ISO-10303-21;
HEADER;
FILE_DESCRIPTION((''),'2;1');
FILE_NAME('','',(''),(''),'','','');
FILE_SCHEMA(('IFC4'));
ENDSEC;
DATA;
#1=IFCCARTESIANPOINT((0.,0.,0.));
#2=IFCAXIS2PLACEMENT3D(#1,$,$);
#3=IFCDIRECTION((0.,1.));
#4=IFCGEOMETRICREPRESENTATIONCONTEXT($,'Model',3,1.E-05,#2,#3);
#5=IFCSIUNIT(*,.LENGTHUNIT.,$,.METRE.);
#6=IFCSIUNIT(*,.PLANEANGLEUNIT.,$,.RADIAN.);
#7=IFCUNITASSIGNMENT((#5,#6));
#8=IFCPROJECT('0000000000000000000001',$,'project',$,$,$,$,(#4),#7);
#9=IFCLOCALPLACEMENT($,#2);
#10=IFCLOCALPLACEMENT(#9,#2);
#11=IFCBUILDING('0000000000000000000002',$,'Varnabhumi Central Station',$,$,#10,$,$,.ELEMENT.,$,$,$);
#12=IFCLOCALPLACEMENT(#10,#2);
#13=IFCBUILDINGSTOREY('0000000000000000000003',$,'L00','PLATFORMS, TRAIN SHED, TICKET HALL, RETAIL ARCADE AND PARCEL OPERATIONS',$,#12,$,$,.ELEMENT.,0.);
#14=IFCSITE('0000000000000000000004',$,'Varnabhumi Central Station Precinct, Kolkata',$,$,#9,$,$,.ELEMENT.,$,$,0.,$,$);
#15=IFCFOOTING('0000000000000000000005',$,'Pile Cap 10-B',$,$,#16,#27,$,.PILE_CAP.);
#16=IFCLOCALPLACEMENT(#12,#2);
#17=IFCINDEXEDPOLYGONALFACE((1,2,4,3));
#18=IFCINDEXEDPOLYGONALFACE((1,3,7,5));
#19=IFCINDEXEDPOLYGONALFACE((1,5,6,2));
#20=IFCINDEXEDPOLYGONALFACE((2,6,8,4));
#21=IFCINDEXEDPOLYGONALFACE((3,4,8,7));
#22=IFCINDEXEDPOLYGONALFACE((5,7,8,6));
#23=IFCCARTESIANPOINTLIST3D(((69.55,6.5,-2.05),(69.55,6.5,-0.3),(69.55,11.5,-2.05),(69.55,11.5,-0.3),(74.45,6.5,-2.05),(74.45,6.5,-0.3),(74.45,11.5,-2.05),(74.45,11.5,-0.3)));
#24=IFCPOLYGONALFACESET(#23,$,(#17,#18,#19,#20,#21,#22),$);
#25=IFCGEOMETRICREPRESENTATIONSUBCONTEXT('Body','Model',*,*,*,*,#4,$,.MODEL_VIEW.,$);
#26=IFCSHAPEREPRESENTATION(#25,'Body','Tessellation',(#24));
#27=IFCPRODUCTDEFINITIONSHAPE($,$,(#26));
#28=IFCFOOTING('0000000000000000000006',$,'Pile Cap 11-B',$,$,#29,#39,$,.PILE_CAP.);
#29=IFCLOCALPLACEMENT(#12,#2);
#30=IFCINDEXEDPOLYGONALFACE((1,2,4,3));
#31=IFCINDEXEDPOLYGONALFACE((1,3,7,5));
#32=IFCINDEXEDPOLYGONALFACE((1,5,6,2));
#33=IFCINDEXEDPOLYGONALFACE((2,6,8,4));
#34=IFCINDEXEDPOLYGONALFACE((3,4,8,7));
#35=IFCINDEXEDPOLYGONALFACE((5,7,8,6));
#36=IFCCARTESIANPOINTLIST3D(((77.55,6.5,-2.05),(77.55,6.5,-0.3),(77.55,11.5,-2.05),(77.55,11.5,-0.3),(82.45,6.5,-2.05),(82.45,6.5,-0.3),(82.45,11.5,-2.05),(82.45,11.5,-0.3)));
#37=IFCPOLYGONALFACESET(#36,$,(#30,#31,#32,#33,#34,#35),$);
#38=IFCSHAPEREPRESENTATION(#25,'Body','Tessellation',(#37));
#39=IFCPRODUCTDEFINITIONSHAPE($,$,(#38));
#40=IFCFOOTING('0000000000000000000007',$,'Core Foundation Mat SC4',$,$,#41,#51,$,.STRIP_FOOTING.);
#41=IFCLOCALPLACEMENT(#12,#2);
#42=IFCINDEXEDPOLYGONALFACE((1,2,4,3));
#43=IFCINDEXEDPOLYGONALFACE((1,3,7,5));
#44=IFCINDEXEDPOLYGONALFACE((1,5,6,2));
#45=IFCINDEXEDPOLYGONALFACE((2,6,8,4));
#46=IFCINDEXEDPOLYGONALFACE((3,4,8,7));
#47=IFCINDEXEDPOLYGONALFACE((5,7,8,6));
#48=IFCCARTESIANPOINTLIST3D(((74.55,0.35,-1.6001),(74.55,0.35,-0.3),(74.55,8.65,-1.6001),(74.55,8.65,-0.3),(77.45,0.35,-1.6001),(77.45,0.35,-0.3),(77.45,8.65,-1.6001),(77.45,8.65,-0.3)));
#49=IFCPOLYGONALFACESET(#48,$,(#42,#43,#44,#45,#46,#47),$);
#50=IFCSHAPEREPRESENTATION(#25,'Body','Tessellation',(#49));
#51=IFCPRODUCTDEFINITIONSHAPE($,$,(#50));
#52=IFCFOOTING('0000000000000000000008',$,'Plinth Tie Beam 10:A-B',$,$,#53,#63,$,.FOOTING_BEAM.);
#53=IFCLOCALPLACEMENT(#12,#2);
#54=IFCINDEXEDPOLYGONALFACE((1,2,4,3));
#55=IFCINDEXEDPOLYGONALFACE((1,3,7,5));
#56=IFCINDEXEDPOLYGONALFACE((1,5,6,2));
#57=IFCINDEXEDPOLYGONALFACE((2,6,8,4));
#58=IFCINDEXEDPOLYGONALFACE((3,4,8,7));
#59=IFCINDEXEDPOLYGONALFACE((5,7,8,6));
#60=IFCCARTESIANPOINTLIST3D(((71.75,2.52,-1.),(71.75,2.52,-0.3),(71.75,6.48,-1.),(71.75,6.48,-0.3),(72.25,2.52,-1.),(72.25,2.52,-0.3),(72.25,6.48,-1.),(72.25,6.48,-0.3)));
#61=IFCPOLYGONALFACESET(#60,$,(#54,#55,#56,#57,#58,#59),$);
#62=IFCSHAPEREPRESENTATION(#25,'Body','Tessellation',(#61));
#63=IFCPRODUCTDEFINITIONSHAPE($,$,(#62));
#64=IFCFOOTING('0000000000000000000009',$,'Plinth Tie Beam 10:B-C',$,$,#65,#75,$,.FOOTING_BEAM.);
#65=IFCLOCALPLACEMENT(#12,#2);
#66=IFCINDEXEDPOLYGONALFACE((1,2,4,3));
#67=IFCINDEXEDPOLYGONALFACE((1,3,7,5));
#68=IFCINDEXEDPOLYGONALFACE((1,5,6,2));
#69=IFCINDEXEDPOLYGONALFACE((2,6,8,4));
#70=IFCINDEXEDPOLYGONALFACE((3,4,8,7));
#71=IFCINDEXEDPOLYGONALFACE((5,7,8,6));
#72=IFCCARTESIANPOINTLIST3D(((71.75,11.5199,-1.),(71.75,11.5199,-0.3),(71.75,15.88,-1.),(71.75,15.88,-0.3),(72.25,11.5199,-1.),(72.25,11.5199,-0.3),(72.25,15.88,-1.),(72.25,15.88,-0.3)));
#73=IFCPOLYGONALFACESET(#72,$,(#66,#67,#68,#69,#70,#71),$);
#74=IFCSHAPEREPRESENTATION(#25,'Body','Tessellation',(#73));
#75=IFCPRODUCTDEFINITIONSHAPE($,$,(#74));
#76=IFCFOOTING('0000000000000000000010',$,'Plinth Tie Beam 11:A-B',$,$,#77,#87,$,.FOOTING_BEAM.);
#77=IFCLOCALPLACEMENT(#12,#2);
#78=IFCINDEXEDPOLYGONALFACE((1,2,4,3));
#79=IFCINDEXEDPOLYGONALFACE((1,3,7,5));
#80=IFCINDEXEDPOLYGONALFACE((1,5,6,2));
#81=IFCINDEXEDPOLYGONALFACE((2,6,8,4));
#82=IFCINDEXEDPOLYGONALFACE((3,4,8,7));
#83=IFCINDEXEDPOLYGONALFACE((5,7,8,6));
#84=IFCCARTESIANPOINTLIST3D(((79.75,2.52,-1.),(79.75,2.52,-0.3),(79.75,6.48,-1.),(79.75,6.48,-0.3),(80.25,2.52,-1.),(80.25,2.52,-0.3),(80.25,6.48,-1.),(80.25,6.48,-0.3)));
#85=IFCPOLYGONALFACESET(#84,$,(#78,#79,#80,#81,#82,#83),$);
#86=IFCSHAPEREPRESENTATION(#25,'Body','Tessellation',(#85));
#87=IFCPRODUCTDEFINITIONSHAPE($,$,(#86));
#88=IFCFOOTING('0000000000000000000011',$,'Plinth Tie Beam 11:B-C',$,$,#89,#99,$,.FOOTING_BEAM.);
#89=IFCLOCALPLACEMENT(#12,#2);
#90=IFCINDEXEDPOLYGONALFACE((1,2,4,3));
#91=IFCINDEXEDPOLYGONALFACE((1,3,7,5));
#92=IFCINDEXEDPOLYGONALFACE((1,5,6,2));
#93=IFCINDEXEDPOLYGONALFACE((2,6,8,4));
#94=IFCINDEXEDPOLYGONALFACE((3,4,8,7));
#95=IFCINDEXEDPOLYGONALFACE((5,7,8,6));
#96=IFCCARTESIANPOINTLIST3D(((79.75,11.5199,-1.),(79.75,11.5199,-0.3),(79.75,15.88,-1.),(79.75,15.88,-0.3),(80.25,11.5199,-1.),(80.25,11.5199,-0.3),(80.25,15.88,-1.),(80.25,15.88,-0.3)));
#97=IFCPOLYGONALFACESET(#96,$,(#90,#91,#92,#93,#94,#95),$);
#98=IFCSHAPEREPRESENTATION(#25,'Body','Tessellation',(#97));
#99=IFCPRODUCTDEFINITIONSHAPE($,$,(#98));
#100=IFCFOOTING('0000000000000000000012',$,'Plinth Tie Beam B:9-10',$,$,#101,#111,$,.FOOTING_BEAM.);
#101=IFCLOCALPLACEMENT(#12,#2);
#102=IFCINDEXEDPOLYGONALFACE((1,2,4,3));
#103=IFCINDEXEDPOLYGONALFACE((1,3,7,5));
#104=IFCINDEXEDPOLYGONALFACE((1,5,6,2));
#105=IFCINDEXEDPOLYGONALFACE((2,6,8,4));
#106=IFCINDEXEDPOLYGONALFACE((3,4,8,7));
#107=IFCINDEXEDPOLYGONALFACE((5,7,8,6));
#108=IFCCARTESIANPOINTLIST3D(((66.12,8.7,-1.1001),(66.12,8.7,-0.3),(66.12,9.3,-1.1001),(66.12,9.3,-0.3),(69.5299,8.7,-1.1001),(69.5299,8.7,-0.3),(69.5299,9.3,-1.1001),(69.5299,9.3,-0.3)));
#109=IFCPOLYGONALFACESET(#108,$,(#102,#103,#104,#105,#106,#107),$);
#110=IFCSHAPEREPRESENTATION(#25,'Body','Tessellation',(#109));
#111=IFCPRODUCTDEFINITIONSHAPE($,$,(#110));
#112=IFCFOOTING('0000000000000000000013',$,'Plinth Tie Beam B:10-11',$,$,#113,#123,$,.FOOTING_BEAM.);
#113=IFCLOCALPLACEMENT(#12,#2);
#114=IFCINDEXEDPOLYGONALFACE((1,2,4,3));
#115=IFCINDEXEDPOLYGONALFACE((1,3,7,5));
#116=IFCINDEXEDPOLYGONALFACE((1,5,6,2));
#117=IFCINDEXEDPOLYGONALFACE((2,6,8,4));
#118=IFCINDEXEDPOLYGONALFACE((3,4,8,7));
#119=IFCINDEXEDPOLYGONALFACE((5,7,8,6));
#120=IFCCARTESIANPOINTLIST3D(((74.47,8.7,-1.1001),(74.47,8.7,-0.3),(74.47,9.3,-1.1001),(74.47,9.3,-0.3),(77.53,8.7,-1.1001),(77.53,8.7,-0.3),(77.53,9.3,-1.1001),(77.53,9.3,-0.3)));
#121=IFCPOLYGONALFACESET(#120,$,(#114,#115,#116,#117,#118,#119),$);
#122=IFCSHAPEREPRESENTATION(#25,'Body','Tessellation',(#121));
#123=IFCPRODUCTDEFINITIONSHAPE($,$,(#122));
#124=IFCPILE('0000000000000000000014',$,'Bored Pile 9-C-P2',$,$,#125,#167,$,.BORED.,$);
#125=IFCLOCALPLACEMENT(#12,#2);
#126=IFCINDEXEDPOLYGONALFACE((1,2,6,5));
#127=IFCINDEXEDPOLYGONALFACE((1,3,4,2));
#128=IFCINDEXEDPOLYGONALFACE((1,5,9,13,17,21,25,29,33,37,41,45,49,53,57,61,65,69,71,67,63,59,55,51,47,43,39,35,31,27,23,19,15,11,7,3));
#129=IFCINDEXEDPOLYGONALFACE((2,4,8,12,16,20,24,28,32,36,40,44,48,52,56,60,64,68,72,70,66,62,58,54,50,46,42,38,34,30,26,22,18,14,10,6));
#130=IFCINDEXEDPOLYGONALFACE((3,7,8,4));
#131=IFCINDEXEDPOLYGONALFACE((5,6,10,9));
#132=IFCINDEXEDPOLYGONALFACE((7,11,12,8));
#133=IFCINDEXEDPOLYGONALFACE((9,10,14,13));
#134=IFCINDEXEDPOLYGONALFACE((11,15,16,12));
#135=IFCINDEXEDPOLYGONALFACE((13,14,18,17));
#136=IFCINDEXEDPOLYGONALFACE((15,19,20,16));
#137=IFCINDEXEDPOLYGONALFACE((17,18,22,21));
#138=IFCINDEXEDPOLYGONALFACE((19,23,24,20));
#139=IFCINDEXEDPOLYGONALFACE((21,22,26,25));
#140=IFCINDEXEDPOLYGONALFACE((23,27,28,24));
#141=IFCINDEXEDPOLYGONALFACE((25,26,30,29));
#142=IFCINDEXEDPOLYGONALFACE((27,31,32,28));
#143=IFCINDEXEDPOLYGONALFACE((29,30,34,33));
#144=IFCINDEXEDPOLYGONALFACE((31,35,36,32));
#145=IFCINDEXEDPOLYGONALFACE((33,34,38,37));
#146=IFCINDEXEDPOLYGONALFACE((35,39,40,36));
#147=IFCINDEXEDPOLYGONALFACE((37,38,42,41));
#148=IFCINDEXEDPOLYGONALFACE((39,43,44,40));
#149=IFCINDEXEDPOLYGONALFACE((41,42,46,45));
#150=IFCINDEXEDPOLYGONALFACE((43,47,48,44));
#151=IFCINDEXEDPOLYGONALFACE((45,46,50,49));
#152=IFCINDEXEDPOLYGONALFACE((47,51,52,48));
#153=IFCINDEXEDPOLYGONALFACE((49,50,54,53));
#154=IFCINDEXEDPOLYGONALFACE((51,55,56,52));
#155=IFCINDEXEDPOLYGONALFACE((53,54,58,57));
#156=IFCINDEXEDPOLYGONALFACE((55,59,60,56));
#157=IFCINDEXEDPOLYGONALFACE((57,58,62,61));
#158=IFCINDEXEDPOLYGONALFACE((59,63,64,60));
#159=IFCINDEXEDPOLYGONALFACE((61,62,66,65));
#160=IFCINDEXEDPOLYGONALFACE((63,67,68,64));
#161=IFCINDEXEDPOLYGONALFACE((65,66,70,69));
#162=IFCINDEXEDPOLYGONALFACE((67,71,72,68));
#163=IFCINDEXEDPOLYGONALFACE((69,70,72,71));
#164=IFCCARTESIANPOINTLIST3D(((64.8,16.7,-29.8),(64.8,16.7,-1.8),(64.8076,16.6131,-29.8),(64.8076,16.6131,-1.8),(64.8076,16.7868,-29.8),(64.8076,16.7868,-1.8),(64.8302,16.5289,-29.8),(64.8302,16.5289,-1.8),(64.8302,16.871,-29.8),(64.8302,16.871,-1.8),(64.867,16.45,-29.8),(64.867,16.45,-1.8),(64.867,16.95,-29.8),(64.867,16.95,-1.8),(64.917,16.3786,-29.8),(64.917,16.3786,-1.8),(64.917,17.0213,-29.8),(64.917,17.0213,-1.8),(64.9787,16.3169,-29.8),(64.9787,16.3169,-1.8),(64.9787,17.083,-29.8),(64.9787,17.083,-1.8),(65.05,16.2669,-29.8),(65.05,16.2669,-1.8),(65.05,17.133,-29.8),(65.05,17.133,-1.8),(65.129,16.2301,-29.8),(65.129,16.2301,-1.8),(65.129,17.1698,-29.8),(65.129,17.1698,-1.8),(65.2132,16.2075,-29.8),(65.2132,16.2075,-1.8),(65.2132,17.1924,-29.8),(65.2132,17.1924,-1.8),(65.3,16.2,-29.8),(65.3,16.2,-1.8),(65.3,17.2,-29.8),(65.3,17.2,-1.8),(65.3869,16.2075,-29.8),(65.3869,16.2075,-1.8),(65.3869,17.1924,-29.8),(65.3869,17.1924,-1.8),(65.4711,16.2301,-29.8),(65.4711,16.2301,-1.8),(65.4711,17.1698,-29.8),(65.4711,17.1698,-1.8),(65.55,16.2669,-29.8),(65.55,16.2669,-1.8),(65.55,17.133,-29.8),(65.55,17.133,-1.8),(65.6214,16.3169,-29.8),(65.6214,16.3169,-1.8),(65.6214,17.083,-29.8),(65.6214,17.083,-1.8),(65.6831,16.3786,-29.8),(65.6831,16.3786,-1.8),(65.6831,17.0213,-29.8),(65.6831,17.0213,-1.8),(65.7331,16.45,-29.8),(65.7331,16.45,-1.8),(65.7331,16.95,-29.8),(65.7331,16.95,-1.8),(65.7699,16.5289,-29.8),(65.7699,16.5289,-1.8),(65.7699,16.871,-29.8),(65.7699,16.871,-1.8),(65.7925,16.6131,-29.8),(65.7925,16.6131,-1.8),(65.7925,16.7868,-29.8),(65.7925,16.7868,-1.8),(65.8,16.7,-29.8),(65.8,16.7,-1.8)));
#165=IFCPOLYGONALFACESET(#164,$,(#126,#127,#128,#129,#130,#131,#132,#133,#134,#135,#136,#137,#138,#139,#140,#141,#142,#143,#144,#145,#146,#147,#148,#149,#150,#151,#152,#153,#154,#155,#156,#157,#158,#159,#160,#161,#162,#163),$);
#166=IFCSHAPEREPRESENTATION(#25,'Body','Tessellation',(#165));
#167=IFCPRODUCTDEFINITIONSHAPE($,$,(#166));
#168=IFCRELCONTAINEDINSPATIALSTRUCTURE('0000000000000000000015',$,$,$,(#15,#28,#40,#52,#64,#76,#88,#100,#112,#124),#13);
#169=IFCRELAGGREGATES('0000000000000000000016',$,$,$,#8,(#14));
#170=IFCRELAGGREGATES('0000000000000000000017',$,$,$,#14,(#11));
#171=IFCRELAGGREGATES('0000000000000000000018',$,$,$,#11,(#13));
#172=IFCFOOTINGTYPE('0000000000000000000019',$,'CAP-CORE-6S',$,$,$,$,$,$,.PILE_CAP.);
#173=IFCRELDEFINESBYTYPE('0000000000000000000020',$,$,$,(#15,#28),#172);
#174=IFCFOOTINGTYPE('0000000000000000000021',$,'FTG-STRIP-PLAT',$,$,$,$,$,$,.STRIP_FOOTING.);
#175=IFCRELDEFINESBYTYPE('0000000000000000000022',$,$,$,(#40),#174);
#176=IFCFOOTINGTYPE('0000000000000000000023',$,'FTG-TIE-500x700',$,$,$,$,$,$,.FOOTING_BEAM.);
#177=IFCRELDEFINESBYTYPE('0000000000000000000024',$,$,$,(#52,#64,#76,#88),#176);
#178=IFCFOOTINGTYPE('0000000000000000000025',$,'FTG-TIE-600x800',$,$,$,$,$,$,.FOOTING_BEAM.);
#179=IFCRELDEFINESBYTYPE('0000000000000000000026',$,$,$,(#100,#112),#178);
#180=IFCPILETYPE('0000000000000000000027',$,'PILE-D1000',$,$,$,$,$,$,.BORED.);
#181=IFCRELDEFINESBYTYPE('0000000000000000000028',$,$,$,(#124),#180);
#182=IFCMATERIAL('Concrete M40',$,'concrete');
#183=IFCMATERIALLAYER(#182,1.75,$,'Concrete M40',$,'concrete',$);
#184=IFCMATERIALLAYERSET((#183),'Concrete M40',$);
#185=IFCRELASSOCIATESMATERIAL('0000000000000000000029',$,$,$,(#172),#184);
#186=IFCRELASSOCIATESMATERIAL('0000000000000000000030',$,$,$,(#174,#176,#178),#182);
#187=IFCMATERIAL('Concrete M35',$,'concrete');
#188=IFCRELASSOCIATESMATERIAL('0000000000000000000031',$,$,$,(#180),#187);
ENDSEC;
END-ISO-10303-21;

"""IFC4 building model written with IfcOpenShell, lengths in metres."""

from ifc_helpers import new_model, si_unit, direction, frame, origin, origin_2d, place, context, subcontext, project, spatial, rectangle, circle, extrude, material, layer, layer_set, material_profile, profile_set, type_object, element, save


model = new_model("IFC4")

# Units and contexts
model_context = context("Model", 3, precision=1e-05, world=origin(), true_north=direction((0.0, 1.0)))
body_context = subcontext(model_context, "Body", "Model", "MODEL_VIEW")
ifc_project = project(units=[si_unit("LENGTHUNIT", "METRE"), si_unit("PLANEANGLEUNIT", "RADIAN")], contexts=[model_context])

# Site, building, storey
site_placement = place(None, origin())
site = spatial("IfcSite", under=ifc_project, at=site_placement, Name="Varnabhumi Central Station Precinct, Kolkata", CompositionType="ELEMENT", RefElevation=0.0)
building_placement = place(site_placement, origin())
building = spatial("IfcBuilding", under=site, at=building_placement, Name="Varnabhumi Central Station", CompositionType="ELEMENT")
storey_placement = place(building_placement, origin())
storey = spatial("IfcBuildingStorey", under=building, at=storey_placement, Name="L00", Description="PLATFORMS, TRAIN SHED, TICKET HALL, RETAIL ARCADE AND PARCEL OPERATIONS", CompositionType="ELEMENT", Elevation=0.0)

# Footings
ifc_material_1 = material(Name="Concrete M40", Category="concrete")
ifc_layer_1 = layer(ifc_material_1, 1.75, Name="Concrete M40", Category="concrete")
ifc_layer_set_1 = layer_set([ifc_layer_1], Name="Concrete M40")
footing_type_1 = type_object("IfcFootingType", Name="CAP-CORE-6S", PredefinedType="PILE_CAP", material=ifc_layer_set_1)
for number, where, z_axis, x_axis, name in (
    (1, (72.0, 9.0, -2.05), (0.0, 0.0, 1.0), (1.0, 0.0, 0.0), "Pile Cap 10-B"),
    (2, (80.0, 9.0, -2.05), (0.0, 0.0, 1.0), (1.0, 0.0, 0.0), "Pile Cap 11-B"),
):
    element("IfcFooting", number, at=place(storey_placement, frame(where, z_axis=z_axis, x_axis=x_axis)), inside=storey, type_object=footing_type_1, Name=name, PredefinedType="PILE_CAP", context=body_context, shape_type="SweptSolid", body=[
        extrude(rectangle(XDim=4.8999, YDim=5.0, at=origin_2d()), origin(), (0.0, 0.0, 1.0), 1.75),
    ])
footing_type_2 = type_object("IfcFootingType", Name="FTG-STRIP-PLAT", PredefinedType="STRIP_FOOTING", material=ifc_material_1)
footing_1_placement = place(storey_placement, frame((76.0, 4.5, -1.6001), z_axis=(0.0, 0.0, 1.0), x_axis=(1.0, 0.0, 0.0)))
element("IfcFooting", 3, at=footing_1_placement, inside=storey, type_object=footing_type_2, Name="Core Foundation Mat SC4", PredefinedType="STRIP_FOOTING", context=body_context, shape_type="SweptSolid", body=[
    extrude(rectangle(XDim=2.8999, YDim=8.3, at=origin_2d()), origin(), (0.0, 0.0, 1.0), 1.3),
])
footing_type_3 = type_object("IfcFootingType", Name="FTG-TIE-500x700", PredefinedType="FOOTING_BEAM", material=ifc_material_1)
footing_2_placement = place(storey_placement, frame((72.0, 4.5, -1.0), z_axis=(0.0, 0.0, 1.0), x_axis=(1.0, 0.0, 0.0)))
element("IfcFooting", 4, at=footing_2_placement, inside=storey, type_object=footing_type_3, Name="Plinth Tie Beam 10:A-B", PredefinedType="FOOTING_BEAM", context=body_context, shape_type="SweptSolid", body=[
    extrude(rectangle(XDim=0.5, YDim=3.96, at=origin_2d()), origin(), (0.0, 0.0, 1.0), 0.7),
])
footing_3_placement = place(storey_placement, frame((72.0, 13.7, -1.0), z_axis=(0.0, 0.0, 1.0), x_axis=(1.0, 0.0, 0.0)))
element("IfcFooting", 5, at=footing_3_placement, inside=storey, type_object=footing_type_3, Name="Plinth Tie Beam 10:B-C", PredefinedType="FOOTING_BEAM", context=body_context, shape_type="SweptSolid", body=[
    extrude(rectangle(XDim=0.5, YDim=4.3601, at=origin_2d()), origin(), (0.0, 0.0, 1.0), 0.7),
])
footing_4_placement = place(storey_placement, frame((80.0, 4.5, -1.0), z_axis=(0.0, 0.0, 1.0), x_axis=(1.0, 0.0, 0.0)))
element("IfcFooting", 6, at=footing_4_placement, inside=storey, type_object=footing_type_3, Name="Plinth Tie Beam 11:A-B", PredefinedType="FOOTING_BEAM", context=body_context, shape_type="SweptSolid", body=[
    extrude(rectangle(XDim=0.5, YDim=3.96, at=origin_2d()), origin(), (0.0, 0.0, 1.0), 0.7),
])
footing_5_placement = place(storey_placement, frame((80.0, 13.7, -1.0), z_axis=(0.0, 0.0, 1.0), x_axis=(1.0, 0.0, 0.0)))
element("IfcFooting", 7, at=footing_5_placement, inside=storey, type_object=footing_type_3, Name="Plinth Tie Beam 11:B-C", PredefinedType="FOOTING_BEAM", context=body_context, shape_type="SweptSolid", body=[
    extrude(rectangle(XDim=0.5, YDim=4.3601, at=origin_2d()), origin(), (0.0, 0.0, 1.0), 0.7),
])
footing_type_4 = type_object("IfcFootingType", Name="FTG-TIE-600x800", PredefinedType="FOOTING_BEAM", material=ifc_material_1)
footing_6_placement = place(storey_placement, frame((67.825, 9.0, -1.1001), z_axis=(0.0, 0.0, 1.0), x_axis=(1.0, 0.0, 0.0)))
element("IfcFooting", 8, at=footing_6_placement, inside=storey, type_object=footing_type_4, Name="Plinth Tie Beam B:9-10", PredefinedType="FOOTING_BEAM", context=body_context, shape_type="SweptSolid", body=[
    extrude(rectangle(XDim=3.4099, YDim=0.6001, at=origin_2d()), origin(), (0.0, 0.0, 1.0), 0.8),
])
footing_7_placement = place(storey_placement, frame((76.0, 9.0, -1.1001), z_axis=(0.0, 0.0, 1.0), x_axis=(1.0, 0.0, 0.0)))
element("IfcFooting", 9, at=footing_7_placement, inside=storey, type_object=footing_type_4, Name="Plinth Tie Beam B:10-11", PredefinedType="FOOTING_BEAM", context=body_context, shape_type="SweptSolid", body=[
    extrude(rectangle(XDim=3.0601, YDim=0.6001, at=origin_2d()), origin(), (0.0, 0.0, 1.0), 0.8),
])

# Pile
ifc_material_2 = material(Name="Concrete M35", Category="concrete")
ifc_material_profile_1 = material_profile(ifc_material_2, circle(Radius=0.5, at=origin_2d()), Name="Concrete M35", Category="concrete")
ifc_profile_set_1 = profile_set([ifc_material_profile_1], Name="Concrete M35")
pile_type_1 = type_object("IfcPileType", Name="PILE-D1000", PredefinedType="BORED", material=ifc_profile_set_1)
for number, where, z_axis, x_axis, name in (
    (10, (65.3, 16.7, -1.8), (0.0, 0.0, -1.0), (1.0, 0.0, 0.0), "Bored Pile 9-C-P2"),
):
    element("IfcPile", number, at=place(storey_placement, frame(where, z_axis=z_axis, x_axis=x_axis)), inside=storey, type_object=pile_type_1, Name=name, PredefinedType="BORED", context=body_context, shape_type="SweptSolid", body=[
        extrude(circle(Radius=0.5, at=origin_2d()), origin(), (0.0, 0.0, 1.0), 28.0),
    ])

save(model, "model.ifc")
